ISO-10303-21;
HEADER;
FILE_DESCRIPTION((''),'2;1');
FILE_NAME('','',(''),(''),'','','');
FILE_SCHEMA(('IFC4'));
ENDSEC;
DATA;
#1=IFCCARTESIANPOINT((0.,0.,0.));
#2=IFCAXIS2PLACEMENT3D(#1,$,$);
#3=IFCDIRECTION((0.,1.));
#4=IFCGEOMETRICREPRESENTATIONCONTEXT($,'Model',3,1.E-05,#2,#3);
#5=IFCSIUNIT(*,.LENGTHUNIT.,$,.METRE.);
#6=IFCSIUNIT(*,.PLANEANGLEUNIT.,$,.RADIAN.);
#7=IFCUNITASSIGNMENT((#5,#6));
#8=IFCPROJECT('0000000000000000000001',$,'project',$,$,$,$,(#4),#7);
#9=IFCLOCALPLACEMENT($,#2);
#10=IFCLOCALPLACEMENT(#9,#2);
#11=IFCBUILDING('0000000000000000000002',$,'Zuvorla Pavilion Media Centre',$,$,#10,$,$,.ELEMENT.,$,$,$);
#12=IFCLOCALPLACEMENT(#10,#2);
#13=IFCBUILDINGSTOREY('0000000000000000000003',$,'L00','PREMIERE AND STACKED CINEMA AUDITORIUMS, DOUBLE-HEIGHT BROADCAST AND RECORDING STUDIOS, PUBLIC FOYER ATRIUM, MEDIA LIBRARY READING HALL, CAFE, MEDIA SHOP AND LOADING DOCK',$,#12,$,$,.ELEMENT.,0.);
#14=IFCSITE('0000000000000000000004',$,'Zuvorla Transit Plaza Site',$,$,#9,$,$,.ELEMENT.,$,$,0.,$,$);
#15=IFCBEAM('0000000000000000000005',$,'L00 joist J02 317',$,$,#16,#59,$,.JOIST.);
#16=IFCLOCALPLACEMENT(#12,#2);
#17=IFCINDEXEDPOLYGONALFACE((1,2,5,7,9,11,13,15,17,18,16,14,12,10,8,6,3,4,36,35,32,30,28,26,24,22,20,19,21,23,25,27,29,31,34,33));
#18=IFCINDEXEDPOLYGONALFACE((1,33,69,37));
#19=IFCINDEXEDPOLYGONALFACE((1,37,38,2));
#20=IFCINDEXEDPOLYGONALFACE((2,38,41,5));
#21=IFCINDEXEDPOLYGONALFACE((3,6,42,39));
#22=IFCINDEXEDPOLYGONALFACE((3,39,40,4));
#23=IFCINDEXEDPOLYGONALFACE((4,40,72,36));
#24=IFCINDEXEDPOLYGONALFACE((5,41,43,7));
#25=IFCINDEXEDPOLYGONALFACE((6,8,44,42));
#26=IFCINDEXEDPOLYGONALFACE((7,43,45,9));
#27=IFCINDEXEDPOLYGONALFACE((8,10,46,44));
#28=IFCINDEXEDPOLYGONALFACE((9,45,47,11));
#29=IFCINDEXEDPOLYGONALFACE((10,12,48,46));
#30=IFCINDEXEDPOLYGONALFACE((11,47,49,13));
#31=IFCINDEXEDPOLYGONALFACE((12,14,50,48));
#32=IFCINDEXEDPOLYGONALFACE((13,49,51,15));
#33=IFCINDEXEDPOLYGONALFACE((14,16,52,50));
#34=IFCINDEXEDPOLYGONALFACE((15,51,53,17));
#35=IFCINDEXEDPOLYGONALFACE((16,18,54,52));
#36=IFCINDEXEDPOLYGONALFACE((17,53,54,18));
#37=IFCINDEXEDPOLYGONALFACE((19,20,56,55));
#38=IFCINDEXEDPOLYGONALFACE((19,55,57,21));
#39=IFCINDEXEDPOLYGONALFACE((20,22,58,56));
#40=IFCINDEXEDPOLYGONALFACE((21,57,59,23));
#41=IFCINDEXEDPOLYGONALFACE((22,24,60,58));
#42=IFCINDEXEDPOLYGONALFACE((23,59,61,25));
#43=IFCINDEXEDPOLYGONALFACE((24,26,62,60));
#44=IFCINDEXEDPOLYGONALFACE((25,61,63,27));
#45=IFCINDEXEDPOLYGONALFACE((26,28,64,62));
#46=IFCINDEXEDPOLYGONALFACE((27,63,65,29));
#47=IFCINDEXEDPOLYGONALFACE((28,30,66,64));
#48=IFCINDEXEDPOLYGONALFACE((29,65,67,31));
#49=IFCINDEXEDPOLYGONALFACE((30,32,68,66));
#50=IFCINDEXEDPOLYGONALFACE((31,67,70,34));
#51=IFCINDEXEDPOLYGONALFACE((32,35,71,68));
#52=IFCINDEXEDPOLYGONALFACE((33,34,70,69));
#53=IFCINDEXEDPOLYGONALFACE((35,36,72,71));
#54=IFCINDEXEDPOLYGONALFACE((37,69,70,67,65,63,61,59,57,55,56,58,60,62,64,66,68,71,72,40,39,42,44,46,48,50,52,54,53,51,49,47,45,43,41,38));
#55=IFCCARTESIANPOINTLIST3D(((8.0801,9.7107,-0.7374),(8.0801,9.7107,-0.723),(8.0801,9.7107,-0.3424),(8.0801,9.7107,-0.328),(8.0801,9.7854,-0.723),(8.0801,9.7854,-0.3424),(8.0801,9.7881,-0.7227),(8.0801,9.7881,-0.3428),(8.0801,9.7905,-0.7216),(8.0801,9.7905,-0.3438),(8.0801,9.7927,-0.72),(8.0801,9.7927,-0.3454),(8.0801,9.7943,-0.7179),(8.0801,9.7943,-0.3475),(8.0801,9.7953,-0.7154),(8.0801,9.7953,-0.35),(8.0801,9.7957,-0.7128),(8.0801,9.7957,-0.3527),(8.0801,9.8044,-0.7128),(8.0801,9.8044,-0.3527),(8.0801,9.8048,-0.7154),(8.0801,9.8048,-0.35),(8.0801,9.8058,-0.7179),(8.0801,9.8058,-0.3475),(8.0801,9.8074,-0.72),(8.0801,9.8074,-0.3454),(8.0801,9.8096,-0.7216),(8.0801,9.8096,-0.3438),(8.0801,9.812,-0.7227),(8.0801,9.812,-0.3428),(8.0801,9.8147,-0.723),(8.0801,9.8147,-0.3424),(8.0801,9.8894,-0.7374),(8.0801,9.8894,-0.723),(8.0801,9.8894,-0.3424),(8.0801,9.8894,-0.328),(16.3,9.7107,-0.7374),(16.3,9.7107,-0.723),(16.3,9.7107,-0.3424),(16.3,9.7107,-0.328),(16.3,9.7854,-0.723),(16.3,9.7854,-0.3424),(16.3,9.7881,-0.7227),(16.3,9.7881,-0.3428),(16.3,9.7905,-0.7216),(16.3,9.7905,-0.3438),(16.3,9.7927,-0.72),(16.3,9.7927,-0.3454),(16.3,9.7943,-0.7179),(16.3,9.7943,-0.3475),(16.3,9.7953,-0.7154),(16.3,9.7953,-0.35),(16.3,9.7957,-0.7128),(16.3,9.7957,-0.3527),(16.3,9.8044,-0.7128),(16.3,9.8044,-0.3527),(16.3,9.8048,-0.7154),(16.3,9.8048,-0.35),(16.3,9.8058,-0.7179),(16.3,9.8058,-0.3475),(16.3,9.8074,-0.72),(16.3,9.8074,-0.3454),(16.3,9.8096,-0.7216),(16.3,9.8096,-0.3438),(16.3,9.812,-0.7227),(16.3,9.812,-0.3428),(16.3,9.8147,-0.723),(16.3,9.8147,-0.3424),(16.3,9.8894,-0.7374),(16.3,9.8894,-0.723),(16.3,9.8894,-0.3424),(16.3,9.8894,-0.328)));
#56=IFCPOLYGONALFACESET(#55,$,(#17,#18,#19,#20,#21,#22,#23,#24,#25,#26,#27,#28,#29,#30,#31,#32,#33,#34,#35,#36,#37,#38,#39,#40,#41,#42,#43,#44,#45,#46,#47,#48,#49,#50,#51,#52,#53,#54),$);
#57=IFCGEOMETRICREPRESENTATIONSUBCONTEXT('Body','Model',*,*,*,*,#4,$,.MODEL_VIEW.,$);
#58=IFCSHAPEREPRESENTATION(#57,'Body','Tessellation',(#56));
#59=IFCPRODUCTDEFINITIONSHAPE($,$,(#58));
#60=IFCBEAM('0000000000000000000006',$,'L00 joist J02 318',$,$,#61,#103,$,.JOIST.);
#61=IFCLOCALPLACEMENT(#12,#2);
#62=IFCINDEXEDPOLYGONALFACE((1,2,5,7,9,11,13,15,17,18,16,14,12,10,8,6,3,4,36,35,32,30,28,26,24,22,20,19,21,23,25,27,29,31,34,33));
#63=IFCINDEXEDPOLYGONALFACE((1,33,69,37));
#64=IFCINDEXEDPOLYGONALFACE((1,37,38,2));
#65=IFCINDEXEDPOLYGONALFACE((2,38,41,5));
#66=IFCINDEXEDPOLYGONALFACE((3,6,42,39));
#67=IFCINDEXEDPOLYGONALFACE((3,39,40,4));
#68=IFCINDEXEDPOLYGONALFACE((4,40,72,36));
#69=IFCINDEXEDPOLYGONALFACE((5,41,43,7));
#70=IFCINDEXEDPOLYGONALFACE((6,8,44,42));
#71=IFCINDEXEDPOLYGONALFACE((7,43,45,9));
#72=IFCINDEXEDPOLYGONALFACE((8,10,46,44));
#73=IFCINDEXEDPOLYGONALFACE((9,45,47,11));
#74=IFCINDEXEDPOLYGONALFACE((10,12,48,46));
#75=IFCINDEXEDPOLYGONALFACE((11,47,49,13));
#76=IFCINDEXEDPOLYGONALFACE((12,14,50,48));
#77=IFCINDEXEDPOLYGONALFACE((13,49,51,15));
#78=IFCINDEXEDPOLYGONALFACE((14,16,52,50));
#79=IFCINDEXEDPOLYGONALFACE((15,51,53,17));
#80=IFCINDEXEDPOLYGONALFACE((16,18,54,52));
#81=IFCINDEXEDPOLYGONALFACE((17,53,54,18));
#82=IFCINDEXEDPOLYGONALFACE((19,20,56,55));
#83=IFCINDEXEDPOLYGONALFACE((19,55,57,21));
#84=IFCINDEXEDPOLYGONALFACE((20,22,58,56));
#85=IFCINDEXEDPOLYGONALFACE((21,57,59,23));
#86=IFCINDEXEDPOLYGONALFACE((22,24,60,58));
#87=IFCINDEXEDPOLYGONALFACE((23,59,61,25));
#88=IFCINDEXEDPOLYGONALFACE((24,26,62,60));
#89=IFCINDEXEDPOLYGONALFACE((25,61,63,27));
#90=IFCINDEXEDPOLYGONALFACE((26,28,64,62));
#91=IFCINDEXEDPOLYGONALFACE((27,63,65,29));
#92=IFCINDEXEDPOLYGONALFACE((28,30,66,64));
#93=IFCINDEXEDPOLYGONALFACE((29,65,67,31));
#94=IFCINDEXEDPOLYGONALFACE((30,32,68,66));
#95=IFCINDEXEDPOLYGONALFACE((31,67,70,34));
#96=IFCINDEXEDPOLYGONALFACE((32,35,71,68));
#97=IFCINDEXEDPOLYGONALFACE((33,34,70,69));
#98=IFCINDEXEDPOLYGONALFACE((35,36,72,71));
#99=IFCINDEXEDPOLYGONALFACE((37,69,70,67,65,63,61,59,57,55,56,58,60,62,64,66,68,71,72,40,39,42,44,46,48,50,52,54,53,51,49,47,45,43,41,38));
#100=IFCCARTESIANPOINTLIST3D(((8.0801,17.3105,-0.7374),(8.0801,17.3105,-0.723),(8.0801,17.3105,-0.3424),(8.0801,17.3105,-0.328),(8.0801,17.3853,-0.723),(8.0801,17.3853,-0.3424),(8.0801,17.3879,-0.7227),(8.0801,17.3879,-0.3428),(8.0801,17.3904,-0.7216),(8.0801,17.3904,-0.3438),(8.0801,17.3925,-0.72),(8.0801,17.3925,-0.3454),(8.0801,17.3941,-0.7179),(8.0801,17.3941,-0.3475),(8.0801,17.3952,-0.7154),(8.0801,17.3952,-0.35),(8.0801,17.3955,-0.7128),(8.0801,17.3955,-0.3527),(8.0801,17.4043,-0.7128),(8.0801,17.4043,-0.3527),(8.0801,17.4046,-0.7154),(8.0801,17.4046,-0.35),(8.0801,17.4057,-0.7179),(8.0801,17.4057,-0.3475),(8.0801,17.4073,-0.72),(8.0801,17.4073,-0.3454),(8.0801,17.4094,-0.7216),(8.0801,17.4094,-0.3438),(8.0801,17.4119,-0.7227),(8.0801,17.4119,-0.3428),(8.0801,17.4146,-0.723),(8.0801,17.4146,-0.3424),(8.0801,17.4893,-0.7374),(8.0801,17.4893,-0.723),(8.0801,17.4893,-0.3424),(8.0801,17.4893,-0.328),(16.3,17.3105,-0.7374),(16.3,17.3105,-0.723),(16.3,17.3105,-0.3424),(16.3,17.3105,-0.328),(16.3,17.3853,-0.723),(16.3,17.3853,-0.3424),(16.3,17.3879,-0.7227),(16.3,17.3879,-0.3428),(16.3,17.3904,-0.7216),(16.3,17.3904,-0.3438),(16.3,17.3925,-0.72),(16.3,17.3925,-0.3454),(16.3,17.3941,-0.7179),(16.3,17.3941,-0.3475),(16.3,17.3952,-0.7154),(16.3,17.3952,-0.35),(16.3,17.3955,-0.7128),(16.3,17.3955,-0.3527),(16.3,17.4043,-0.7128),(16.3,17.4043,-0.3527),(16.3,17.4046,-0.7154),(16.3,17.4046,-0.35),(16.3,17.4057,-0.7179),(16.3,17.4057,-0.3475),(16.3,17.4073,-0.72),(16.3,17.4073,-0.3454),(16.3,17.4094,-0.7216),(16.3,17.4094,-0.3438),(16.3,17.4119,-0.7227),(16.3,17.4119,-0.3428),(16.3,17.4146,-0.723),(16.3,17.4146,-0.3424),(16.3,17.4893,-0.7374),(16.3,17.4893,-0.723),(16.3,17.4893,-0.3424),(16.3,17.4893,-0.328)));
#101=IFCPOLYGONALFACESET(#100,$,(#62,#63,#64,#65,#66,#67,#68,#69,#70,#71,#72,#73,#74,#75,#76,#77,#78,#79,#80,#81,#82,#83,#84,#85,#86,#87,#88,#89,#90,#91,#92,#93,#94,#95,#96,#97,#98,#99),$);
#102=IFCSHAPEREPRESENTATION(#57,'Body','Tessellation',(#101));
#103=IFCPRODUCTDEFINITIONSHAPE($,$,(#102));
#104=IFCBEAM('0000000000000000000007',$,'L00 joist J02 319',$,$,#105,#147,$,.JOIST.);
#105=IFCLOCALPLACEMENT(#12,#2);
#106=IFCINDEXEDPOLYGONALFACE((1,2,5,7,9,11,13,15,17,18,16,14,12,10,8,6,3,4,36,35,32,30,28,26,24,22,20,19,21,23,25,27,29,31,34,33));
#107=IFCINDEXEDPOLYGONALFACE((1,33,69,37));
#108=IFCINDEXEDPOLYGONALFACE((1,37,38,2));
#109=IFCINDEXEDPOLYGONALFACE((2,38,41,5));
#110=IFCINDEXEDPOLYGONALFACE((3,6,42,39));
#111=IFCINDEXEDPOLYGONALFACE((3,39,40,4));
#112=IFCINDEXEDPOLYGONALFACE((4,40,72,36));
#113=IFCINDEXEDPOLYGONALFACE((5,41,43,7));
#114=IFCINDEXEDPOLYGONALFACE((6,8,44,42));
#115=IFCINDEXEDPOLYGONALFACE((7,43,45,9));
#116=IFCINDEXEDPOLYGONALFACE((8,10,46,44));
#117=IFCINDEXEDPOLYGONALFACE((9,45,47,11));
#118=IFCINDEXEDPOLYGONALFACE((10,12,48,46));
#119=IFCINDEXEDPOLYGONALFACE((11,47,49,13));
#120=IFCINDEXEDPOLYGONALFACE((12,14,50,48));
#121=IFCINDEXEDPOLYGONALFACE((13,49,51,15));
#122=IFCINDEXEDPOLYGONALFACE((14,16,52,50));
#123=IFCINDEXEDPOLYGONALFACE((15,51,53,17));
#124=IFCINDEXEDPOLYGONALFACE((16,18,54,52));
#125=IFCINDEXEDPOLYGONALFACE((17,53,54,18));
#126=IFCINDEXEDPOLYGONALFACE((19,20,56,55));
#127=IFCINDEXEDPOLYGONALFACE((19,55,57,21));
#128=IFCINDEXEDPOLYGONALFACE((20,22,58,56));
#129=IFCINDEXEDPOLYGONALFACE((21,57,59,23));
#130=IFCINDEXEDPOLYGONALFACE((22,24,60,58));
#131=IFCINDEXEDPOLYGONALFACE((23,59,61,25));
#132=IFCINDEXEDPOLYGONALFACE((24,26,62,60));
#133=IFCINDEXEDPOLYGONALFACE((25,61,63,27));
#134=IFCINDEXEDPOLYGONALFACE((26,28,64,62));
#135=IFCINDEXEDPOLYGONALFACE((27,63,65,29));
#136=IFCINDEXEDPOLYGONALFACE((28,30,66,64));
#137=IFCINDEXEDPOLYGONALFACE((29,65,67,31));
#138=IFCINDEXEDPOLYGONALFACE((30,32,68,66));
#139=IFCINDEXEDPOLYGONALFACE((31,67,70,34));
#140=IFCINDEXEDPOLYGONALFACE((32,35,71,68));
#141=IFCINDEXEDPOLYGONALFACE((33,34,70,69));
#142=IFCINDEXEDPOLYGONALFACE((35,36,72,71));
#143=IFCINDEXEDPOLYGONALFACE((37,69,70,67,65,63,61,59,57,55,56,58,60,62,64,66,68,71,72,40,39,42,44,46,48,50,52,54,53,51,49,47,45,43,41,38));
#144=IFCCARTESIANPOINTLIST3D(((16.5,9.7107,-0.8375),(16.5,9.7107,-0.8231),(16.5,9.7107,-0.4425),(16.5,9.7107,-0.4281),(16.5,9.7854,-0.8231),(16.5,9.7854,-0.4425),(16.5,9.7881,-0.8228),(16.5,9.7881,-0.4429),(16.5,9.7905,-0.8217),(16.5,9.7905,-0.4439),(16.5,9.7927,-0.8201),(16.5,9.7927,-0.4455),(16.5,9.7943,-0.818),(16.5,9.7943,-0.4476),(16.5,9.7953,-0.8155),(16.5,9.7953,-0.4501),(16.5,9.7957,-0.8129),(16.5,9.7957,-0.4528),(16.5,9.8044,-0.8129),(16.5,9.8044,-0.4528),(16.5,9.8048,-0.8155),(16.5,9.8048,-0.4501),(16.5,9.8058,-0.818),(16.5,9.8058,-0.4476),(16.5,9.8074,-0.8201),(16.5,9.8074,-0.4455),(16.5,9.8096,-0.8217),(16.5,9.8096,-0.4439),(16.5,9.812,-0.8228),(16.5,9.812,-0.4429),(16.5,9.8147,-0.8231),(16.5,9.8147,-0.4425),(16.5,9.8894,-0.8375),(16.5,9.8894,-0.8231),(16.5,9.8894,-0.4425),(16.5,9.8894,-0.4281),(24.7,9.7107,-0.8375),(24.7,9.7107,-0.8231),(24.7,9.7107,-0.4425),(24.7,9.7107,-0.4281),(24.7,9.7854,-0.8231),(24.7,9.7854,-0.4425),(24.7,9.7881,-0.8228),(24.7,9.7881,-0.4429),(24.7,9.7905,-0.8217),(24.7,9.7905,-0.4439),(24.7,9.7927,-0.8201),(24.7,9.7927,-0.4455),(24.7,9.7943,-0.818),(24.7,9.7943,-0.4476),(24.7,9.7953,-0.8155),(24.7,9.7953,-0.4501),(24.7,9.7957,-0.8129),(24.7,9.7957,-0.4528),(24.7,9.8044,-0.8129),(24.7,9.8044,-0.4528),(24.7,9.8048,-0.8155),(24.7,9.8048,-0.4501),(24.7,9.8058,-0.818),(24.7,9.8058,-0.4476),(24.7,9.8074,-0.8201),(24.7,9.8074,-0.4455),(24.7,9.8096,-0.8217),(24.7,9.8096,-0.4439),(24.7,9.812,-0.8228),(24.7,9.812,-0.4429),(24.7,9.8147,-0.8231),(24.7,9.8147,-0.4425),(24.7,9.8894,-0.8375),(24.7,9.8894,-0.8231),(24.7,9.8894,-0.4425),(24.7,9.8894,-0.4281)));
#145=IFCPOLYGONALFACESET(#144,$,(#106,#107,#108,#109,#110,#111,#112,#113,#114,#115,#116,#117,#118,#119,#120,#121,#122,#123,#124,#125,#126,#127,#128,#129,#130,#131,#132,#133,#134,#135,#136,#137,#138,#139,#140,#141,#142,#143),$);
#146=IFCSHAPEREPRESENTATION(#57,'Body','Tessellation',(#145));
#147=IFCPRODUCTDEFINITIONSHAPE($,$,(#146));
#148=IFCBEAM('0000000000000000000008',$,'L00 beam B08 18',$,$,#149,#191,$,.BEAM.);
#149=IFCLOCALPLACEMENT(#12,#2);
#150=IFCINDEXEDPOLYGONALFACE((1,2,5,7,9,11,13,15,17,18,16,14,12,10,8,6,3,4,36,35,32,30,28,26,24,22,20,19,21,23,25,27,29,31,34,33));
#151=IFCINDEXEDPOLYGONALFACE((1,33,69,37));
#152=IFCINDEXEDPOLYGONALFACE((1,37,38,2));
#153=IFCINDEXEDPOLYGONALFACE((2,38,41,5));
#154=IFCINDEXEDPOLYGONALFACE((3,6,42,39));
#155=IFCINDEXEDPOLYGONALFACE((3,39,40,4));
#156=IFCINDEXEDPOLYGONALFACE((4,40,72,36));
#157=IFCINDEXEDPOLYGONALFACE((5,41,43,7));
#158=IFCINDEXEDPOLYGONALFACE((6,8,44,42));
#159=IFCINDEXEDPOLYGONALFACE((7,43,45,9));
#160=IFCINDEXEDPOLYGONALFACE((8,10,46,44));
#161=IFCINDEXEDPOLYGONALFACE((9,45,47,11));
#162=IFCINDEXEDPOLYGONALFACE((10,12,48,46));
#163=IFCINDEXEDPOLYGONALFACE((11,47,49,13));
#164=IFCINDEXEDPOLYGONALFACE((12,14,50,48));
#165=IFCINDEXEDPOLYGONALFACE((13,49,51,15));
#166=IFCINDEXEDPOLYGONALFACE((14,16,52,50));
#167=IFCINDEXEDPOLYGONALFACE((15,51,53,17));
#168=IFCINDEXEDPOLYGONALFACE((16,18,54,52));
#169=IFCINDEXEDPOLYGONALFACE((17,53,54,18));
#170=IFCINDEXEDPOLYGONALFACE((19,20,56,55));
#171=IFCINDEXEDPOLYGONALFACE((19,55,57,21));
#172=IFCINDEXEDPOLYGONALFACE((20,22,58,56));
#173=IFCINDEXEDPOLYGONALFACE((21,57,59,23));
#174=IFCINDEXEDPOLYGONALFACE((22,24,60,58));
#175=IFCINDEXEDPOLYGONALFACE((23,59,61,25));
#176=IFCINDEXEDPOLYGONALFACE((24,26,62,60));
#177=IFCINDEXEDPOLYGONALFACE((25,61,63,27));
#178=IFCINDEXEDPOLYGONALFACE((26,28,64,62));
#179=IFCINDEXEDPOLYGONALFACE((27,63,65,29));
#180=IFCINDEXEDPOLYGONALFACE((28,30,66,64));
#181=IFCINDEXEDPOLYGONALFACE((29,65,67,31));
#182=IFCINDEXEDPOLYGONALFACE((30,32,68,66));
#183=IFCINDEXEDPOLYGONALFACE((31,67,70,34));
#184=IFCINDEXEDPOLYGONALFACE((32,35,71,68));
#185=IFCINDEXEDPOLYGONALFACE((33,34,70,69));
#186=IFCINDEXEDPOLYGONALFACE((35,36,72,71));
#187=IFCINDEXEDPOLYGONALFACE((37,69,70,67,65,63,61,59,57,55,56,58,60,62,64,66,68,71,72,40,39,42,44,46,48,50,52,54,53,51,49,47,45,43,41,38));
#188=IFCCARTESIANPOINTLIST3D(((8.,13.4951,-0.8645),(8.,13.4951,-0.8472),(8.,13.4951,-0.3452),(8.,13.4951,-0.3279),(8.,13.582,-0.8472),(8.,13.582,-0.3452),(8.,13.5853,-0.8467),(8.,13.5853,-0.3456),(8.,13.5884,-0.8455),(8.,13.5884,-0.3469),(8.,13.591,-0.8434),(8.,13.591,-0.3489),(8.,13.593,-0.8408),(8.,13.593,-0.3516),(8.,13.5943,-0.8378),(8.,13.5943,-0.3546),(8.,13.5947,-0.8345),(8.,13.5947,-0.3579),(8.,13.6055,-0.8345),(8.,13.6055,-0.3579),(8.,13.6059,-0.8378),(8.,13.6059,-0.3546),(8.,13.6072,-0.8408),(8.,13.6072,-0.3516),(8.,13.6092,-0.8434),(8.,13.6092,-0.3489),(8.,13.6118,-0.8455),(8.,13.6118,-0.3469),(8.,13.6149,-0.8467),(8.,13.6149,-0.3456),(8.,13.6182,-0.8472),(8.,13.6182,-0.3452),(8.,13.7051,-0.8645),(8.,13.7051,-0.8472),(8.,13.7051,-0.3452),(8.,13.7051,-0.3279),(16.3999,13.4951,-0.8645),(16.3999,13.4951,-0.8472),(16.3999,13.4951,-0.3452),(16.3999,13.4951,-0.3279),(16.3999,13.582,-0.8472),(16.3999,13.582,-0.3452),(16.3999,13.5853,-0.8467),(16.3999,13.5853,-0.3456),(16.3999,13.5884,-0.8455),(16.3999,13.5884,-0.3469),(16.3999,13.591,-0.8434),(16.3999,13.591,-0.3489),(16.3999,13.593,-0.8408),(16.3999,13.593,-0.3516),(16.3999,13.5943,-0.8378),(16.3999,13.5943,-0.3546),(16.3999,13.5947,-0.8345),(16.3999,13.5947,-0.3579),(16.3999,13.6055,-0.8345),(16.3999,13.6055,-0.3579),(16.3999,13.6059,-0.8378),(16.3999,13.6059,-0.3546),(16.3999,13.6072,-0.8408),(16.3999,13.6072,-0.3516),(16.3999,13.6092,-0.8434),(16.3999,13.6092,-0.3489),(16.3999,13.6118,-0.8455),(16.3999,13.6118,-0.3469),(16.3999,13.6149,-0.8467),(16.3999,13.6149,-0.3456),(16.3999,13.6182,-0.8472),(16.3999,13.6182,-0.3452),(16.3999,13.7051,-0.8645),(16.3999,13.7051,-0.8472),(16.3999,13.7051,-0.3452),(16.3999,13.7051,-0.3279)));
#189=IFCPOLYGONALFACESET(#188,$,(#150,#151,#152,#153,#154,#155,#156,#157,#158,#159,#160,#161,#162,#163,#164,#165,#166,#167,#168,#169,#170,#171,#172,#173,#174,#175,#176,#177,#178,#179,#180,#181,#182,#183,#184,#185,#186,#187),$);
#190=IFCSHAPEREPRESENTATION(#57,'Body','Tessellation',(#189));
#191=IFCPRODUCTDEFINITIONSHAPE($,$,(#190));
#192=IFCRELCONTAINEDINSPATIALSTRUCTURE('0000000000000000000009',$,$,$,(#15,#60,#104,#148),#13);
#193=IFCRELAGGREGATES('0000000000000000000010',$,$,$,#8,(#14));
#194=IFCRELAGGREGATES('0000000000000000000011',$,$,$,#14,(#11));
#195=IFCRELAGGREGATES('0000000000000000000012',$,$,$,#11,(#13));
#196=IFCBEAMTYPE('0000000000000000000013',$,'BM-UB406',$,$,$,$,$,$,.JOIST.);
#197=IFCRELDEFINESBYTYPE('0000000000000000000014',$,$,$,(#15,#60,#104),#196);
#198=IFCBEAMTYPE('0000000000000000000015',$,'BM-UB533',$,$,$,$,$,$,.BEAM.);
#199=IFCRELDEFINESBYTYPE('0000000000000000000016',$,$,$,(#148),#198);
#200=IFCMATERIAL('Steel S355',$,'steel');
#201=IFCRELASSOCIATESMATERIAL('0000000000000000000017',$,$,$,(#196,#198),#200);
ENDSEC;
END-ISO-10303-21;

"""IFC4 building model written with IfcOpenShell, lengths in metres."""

from ifc_helpers import new_model, si_unit, direction, frame, origin, origin_2d, place, context, subcontext, project, spatial, i_section, extrude, material, material_profile, profile_set, type_object, element, save


model = new_model("IFC4")

# Units and contexts
model_context = context("Model", 3, precision=1e-05, world=origin(), true_north=direction((0.0, 1.0)))
body_context = subcontext(model_context, "Body", "Model", "MODEL_VIEW")
ifc_project = project(units=[si_unit("LENGTHUNIT", "METRE"), si_unit("PLANEANGLEUNIT", "RADIAN")], contexts=[model_context])

# Site, building, storey
site_placement = place(None, origin())
site = spatial("IfcSite", under=ifc_project, at=site_placement, Name="Zuvorla Transit Plaza Site", CompositionType="ELEMENT", RefElevation=0.0)
building_placement = place(site_placement, origin())
building = spatial("IfcBuilding", under=site, at=building_placement, Name="Zuvorla Pavilion Media Centre", CompositionType="ELEMENT")
storey_placement = place(building_placement, origin())
storey = spatial("IfcBuildingStorey", under=building, at=storey_placement, Name="L00", Description="PREMIERE AND STACKED CINEMA AUDITORIUMS, DOUBLE-HEIGHT BROADCAST AND RECORDING STUDIOS, PUBLIC FOYER ATRIUM, MEDIA LIBRARY READING HALL, CAFE, MEDIA SHOP AND LOADING DOCK", CompositionType="ELEMENT", Elevation=0.0)

# Beams
ifc_material_1 = material(Name="Steel S355", Category="steel")
ifc_material_profile_1 = material_profile(ifc_material_1, i_section(OverallWidth=0.1787, OverallDepth=0.4094, WebThickness=0.0088, FlangeThickness=0.0144, FilletRadius=0.0103, at=origin_2d()), Name="UB 406x178x67")
ifc_profile_set_1 = profile_set([ifc_material_profile_1], Name="Steel S355")
beam_type_1 = type_object("IfcBeamType", Name="BM-UB406", PredefinedType="JOIST", material=ifc_profile_set_1)
for number, where, z_axis, x_axis, name in (
    (1, (8.0801, 9.8, -0.5327), (1.0, 0.0, 0.0), (0.0, 1.0, 0.0), "L00 joist J02 317"),
    (2, (8.0801, 17.3999, -0.5327), (1.0, 0.0, 0.0), (0.0, 1.0, 0.0), "L00 joist J02 318"),
):
    element("IfcBeam", number, at=place(storey_placement, frame(where, z_axis=z_axis, x_axis=x_axis)), inside=storey, type_object=beam_type_1, Name=name, PredefinedType="JOIST", context=body_context, shape_type="SweptSolid", body=[
        extrude(i_section(OverallWidth=0.1787, OverallDepth=0.4094, WebThickness=0.0088, FlangeThickness=0.0144, FilletRadius=0.0103, at=origin_2d()), origin(), (0.0, 0.0, 1.0), 8.22),
    ])
beam_1_placement = place(storey_placement, frame((16.5, 9.8, -0.6328), z_axis=(1.0, 0.0, 0.0), x_axis=(0.0, 1.0, 0.0)))
element("IfcBeam", 3, at=beam_1_placement, inside=storey, type_object=beam_type_1, Name="L00 joist J02 319", PredefinedType="JOIST", context=body_context, shape_type="SweptSolid", body=[
    extrude(i_section(OverallWidth=0.1787, OverallDepth=0.4094, WebThickness=0.0088, FlangeThickness=0.0144, FilletRadius=0.0103, at=origin_2d()), origin(), (0.0, 0.0, 1.0), 8.2),
])
ifc_material_profile_2 = material_profile(ifc_material_1, i_section(OverallWidth=0.21, OverallDepth=0.5366, WebThickness=0.0107, FlangeThickness=0.0173, FilletRadius=0.0127, at=origin_2d()), Name="UB 533x210x101")
ifc_profile_set_2 = profile_set([ifc_material_profile_2], Name="Steel S355")
beam_type_2 = type_object("IfcBeamType", Name="BM-UB533", PredefinedType="BEAM", material=ifc_profile_set_2)
beam_2_placement = place(storey_placement, frame((8.0, 13.6001, -0.5962), z_axis=(1.0, 0.0, 0.0), x_axis=(0.0, 1.0, 0.0)))
element("IfcBeam", 4, at=beam_2_placement, inside=storey, type_object=beam_type_2, Name="L00 beam B08 18", PredefinedType="BEAM", context=body_context, shape_type="SweptSolid", body=[
    extrude(i_section(OverallWidth=0.21, OverallDepth=0.5366, WebThickness=0.0107, FlangeThickness=0.0173, FilletRadius=0.0127, at=origin_2d()), origin(), (0.0, 0.0, 1.0), 8.3999),
])

save(model, "model.ifc")
